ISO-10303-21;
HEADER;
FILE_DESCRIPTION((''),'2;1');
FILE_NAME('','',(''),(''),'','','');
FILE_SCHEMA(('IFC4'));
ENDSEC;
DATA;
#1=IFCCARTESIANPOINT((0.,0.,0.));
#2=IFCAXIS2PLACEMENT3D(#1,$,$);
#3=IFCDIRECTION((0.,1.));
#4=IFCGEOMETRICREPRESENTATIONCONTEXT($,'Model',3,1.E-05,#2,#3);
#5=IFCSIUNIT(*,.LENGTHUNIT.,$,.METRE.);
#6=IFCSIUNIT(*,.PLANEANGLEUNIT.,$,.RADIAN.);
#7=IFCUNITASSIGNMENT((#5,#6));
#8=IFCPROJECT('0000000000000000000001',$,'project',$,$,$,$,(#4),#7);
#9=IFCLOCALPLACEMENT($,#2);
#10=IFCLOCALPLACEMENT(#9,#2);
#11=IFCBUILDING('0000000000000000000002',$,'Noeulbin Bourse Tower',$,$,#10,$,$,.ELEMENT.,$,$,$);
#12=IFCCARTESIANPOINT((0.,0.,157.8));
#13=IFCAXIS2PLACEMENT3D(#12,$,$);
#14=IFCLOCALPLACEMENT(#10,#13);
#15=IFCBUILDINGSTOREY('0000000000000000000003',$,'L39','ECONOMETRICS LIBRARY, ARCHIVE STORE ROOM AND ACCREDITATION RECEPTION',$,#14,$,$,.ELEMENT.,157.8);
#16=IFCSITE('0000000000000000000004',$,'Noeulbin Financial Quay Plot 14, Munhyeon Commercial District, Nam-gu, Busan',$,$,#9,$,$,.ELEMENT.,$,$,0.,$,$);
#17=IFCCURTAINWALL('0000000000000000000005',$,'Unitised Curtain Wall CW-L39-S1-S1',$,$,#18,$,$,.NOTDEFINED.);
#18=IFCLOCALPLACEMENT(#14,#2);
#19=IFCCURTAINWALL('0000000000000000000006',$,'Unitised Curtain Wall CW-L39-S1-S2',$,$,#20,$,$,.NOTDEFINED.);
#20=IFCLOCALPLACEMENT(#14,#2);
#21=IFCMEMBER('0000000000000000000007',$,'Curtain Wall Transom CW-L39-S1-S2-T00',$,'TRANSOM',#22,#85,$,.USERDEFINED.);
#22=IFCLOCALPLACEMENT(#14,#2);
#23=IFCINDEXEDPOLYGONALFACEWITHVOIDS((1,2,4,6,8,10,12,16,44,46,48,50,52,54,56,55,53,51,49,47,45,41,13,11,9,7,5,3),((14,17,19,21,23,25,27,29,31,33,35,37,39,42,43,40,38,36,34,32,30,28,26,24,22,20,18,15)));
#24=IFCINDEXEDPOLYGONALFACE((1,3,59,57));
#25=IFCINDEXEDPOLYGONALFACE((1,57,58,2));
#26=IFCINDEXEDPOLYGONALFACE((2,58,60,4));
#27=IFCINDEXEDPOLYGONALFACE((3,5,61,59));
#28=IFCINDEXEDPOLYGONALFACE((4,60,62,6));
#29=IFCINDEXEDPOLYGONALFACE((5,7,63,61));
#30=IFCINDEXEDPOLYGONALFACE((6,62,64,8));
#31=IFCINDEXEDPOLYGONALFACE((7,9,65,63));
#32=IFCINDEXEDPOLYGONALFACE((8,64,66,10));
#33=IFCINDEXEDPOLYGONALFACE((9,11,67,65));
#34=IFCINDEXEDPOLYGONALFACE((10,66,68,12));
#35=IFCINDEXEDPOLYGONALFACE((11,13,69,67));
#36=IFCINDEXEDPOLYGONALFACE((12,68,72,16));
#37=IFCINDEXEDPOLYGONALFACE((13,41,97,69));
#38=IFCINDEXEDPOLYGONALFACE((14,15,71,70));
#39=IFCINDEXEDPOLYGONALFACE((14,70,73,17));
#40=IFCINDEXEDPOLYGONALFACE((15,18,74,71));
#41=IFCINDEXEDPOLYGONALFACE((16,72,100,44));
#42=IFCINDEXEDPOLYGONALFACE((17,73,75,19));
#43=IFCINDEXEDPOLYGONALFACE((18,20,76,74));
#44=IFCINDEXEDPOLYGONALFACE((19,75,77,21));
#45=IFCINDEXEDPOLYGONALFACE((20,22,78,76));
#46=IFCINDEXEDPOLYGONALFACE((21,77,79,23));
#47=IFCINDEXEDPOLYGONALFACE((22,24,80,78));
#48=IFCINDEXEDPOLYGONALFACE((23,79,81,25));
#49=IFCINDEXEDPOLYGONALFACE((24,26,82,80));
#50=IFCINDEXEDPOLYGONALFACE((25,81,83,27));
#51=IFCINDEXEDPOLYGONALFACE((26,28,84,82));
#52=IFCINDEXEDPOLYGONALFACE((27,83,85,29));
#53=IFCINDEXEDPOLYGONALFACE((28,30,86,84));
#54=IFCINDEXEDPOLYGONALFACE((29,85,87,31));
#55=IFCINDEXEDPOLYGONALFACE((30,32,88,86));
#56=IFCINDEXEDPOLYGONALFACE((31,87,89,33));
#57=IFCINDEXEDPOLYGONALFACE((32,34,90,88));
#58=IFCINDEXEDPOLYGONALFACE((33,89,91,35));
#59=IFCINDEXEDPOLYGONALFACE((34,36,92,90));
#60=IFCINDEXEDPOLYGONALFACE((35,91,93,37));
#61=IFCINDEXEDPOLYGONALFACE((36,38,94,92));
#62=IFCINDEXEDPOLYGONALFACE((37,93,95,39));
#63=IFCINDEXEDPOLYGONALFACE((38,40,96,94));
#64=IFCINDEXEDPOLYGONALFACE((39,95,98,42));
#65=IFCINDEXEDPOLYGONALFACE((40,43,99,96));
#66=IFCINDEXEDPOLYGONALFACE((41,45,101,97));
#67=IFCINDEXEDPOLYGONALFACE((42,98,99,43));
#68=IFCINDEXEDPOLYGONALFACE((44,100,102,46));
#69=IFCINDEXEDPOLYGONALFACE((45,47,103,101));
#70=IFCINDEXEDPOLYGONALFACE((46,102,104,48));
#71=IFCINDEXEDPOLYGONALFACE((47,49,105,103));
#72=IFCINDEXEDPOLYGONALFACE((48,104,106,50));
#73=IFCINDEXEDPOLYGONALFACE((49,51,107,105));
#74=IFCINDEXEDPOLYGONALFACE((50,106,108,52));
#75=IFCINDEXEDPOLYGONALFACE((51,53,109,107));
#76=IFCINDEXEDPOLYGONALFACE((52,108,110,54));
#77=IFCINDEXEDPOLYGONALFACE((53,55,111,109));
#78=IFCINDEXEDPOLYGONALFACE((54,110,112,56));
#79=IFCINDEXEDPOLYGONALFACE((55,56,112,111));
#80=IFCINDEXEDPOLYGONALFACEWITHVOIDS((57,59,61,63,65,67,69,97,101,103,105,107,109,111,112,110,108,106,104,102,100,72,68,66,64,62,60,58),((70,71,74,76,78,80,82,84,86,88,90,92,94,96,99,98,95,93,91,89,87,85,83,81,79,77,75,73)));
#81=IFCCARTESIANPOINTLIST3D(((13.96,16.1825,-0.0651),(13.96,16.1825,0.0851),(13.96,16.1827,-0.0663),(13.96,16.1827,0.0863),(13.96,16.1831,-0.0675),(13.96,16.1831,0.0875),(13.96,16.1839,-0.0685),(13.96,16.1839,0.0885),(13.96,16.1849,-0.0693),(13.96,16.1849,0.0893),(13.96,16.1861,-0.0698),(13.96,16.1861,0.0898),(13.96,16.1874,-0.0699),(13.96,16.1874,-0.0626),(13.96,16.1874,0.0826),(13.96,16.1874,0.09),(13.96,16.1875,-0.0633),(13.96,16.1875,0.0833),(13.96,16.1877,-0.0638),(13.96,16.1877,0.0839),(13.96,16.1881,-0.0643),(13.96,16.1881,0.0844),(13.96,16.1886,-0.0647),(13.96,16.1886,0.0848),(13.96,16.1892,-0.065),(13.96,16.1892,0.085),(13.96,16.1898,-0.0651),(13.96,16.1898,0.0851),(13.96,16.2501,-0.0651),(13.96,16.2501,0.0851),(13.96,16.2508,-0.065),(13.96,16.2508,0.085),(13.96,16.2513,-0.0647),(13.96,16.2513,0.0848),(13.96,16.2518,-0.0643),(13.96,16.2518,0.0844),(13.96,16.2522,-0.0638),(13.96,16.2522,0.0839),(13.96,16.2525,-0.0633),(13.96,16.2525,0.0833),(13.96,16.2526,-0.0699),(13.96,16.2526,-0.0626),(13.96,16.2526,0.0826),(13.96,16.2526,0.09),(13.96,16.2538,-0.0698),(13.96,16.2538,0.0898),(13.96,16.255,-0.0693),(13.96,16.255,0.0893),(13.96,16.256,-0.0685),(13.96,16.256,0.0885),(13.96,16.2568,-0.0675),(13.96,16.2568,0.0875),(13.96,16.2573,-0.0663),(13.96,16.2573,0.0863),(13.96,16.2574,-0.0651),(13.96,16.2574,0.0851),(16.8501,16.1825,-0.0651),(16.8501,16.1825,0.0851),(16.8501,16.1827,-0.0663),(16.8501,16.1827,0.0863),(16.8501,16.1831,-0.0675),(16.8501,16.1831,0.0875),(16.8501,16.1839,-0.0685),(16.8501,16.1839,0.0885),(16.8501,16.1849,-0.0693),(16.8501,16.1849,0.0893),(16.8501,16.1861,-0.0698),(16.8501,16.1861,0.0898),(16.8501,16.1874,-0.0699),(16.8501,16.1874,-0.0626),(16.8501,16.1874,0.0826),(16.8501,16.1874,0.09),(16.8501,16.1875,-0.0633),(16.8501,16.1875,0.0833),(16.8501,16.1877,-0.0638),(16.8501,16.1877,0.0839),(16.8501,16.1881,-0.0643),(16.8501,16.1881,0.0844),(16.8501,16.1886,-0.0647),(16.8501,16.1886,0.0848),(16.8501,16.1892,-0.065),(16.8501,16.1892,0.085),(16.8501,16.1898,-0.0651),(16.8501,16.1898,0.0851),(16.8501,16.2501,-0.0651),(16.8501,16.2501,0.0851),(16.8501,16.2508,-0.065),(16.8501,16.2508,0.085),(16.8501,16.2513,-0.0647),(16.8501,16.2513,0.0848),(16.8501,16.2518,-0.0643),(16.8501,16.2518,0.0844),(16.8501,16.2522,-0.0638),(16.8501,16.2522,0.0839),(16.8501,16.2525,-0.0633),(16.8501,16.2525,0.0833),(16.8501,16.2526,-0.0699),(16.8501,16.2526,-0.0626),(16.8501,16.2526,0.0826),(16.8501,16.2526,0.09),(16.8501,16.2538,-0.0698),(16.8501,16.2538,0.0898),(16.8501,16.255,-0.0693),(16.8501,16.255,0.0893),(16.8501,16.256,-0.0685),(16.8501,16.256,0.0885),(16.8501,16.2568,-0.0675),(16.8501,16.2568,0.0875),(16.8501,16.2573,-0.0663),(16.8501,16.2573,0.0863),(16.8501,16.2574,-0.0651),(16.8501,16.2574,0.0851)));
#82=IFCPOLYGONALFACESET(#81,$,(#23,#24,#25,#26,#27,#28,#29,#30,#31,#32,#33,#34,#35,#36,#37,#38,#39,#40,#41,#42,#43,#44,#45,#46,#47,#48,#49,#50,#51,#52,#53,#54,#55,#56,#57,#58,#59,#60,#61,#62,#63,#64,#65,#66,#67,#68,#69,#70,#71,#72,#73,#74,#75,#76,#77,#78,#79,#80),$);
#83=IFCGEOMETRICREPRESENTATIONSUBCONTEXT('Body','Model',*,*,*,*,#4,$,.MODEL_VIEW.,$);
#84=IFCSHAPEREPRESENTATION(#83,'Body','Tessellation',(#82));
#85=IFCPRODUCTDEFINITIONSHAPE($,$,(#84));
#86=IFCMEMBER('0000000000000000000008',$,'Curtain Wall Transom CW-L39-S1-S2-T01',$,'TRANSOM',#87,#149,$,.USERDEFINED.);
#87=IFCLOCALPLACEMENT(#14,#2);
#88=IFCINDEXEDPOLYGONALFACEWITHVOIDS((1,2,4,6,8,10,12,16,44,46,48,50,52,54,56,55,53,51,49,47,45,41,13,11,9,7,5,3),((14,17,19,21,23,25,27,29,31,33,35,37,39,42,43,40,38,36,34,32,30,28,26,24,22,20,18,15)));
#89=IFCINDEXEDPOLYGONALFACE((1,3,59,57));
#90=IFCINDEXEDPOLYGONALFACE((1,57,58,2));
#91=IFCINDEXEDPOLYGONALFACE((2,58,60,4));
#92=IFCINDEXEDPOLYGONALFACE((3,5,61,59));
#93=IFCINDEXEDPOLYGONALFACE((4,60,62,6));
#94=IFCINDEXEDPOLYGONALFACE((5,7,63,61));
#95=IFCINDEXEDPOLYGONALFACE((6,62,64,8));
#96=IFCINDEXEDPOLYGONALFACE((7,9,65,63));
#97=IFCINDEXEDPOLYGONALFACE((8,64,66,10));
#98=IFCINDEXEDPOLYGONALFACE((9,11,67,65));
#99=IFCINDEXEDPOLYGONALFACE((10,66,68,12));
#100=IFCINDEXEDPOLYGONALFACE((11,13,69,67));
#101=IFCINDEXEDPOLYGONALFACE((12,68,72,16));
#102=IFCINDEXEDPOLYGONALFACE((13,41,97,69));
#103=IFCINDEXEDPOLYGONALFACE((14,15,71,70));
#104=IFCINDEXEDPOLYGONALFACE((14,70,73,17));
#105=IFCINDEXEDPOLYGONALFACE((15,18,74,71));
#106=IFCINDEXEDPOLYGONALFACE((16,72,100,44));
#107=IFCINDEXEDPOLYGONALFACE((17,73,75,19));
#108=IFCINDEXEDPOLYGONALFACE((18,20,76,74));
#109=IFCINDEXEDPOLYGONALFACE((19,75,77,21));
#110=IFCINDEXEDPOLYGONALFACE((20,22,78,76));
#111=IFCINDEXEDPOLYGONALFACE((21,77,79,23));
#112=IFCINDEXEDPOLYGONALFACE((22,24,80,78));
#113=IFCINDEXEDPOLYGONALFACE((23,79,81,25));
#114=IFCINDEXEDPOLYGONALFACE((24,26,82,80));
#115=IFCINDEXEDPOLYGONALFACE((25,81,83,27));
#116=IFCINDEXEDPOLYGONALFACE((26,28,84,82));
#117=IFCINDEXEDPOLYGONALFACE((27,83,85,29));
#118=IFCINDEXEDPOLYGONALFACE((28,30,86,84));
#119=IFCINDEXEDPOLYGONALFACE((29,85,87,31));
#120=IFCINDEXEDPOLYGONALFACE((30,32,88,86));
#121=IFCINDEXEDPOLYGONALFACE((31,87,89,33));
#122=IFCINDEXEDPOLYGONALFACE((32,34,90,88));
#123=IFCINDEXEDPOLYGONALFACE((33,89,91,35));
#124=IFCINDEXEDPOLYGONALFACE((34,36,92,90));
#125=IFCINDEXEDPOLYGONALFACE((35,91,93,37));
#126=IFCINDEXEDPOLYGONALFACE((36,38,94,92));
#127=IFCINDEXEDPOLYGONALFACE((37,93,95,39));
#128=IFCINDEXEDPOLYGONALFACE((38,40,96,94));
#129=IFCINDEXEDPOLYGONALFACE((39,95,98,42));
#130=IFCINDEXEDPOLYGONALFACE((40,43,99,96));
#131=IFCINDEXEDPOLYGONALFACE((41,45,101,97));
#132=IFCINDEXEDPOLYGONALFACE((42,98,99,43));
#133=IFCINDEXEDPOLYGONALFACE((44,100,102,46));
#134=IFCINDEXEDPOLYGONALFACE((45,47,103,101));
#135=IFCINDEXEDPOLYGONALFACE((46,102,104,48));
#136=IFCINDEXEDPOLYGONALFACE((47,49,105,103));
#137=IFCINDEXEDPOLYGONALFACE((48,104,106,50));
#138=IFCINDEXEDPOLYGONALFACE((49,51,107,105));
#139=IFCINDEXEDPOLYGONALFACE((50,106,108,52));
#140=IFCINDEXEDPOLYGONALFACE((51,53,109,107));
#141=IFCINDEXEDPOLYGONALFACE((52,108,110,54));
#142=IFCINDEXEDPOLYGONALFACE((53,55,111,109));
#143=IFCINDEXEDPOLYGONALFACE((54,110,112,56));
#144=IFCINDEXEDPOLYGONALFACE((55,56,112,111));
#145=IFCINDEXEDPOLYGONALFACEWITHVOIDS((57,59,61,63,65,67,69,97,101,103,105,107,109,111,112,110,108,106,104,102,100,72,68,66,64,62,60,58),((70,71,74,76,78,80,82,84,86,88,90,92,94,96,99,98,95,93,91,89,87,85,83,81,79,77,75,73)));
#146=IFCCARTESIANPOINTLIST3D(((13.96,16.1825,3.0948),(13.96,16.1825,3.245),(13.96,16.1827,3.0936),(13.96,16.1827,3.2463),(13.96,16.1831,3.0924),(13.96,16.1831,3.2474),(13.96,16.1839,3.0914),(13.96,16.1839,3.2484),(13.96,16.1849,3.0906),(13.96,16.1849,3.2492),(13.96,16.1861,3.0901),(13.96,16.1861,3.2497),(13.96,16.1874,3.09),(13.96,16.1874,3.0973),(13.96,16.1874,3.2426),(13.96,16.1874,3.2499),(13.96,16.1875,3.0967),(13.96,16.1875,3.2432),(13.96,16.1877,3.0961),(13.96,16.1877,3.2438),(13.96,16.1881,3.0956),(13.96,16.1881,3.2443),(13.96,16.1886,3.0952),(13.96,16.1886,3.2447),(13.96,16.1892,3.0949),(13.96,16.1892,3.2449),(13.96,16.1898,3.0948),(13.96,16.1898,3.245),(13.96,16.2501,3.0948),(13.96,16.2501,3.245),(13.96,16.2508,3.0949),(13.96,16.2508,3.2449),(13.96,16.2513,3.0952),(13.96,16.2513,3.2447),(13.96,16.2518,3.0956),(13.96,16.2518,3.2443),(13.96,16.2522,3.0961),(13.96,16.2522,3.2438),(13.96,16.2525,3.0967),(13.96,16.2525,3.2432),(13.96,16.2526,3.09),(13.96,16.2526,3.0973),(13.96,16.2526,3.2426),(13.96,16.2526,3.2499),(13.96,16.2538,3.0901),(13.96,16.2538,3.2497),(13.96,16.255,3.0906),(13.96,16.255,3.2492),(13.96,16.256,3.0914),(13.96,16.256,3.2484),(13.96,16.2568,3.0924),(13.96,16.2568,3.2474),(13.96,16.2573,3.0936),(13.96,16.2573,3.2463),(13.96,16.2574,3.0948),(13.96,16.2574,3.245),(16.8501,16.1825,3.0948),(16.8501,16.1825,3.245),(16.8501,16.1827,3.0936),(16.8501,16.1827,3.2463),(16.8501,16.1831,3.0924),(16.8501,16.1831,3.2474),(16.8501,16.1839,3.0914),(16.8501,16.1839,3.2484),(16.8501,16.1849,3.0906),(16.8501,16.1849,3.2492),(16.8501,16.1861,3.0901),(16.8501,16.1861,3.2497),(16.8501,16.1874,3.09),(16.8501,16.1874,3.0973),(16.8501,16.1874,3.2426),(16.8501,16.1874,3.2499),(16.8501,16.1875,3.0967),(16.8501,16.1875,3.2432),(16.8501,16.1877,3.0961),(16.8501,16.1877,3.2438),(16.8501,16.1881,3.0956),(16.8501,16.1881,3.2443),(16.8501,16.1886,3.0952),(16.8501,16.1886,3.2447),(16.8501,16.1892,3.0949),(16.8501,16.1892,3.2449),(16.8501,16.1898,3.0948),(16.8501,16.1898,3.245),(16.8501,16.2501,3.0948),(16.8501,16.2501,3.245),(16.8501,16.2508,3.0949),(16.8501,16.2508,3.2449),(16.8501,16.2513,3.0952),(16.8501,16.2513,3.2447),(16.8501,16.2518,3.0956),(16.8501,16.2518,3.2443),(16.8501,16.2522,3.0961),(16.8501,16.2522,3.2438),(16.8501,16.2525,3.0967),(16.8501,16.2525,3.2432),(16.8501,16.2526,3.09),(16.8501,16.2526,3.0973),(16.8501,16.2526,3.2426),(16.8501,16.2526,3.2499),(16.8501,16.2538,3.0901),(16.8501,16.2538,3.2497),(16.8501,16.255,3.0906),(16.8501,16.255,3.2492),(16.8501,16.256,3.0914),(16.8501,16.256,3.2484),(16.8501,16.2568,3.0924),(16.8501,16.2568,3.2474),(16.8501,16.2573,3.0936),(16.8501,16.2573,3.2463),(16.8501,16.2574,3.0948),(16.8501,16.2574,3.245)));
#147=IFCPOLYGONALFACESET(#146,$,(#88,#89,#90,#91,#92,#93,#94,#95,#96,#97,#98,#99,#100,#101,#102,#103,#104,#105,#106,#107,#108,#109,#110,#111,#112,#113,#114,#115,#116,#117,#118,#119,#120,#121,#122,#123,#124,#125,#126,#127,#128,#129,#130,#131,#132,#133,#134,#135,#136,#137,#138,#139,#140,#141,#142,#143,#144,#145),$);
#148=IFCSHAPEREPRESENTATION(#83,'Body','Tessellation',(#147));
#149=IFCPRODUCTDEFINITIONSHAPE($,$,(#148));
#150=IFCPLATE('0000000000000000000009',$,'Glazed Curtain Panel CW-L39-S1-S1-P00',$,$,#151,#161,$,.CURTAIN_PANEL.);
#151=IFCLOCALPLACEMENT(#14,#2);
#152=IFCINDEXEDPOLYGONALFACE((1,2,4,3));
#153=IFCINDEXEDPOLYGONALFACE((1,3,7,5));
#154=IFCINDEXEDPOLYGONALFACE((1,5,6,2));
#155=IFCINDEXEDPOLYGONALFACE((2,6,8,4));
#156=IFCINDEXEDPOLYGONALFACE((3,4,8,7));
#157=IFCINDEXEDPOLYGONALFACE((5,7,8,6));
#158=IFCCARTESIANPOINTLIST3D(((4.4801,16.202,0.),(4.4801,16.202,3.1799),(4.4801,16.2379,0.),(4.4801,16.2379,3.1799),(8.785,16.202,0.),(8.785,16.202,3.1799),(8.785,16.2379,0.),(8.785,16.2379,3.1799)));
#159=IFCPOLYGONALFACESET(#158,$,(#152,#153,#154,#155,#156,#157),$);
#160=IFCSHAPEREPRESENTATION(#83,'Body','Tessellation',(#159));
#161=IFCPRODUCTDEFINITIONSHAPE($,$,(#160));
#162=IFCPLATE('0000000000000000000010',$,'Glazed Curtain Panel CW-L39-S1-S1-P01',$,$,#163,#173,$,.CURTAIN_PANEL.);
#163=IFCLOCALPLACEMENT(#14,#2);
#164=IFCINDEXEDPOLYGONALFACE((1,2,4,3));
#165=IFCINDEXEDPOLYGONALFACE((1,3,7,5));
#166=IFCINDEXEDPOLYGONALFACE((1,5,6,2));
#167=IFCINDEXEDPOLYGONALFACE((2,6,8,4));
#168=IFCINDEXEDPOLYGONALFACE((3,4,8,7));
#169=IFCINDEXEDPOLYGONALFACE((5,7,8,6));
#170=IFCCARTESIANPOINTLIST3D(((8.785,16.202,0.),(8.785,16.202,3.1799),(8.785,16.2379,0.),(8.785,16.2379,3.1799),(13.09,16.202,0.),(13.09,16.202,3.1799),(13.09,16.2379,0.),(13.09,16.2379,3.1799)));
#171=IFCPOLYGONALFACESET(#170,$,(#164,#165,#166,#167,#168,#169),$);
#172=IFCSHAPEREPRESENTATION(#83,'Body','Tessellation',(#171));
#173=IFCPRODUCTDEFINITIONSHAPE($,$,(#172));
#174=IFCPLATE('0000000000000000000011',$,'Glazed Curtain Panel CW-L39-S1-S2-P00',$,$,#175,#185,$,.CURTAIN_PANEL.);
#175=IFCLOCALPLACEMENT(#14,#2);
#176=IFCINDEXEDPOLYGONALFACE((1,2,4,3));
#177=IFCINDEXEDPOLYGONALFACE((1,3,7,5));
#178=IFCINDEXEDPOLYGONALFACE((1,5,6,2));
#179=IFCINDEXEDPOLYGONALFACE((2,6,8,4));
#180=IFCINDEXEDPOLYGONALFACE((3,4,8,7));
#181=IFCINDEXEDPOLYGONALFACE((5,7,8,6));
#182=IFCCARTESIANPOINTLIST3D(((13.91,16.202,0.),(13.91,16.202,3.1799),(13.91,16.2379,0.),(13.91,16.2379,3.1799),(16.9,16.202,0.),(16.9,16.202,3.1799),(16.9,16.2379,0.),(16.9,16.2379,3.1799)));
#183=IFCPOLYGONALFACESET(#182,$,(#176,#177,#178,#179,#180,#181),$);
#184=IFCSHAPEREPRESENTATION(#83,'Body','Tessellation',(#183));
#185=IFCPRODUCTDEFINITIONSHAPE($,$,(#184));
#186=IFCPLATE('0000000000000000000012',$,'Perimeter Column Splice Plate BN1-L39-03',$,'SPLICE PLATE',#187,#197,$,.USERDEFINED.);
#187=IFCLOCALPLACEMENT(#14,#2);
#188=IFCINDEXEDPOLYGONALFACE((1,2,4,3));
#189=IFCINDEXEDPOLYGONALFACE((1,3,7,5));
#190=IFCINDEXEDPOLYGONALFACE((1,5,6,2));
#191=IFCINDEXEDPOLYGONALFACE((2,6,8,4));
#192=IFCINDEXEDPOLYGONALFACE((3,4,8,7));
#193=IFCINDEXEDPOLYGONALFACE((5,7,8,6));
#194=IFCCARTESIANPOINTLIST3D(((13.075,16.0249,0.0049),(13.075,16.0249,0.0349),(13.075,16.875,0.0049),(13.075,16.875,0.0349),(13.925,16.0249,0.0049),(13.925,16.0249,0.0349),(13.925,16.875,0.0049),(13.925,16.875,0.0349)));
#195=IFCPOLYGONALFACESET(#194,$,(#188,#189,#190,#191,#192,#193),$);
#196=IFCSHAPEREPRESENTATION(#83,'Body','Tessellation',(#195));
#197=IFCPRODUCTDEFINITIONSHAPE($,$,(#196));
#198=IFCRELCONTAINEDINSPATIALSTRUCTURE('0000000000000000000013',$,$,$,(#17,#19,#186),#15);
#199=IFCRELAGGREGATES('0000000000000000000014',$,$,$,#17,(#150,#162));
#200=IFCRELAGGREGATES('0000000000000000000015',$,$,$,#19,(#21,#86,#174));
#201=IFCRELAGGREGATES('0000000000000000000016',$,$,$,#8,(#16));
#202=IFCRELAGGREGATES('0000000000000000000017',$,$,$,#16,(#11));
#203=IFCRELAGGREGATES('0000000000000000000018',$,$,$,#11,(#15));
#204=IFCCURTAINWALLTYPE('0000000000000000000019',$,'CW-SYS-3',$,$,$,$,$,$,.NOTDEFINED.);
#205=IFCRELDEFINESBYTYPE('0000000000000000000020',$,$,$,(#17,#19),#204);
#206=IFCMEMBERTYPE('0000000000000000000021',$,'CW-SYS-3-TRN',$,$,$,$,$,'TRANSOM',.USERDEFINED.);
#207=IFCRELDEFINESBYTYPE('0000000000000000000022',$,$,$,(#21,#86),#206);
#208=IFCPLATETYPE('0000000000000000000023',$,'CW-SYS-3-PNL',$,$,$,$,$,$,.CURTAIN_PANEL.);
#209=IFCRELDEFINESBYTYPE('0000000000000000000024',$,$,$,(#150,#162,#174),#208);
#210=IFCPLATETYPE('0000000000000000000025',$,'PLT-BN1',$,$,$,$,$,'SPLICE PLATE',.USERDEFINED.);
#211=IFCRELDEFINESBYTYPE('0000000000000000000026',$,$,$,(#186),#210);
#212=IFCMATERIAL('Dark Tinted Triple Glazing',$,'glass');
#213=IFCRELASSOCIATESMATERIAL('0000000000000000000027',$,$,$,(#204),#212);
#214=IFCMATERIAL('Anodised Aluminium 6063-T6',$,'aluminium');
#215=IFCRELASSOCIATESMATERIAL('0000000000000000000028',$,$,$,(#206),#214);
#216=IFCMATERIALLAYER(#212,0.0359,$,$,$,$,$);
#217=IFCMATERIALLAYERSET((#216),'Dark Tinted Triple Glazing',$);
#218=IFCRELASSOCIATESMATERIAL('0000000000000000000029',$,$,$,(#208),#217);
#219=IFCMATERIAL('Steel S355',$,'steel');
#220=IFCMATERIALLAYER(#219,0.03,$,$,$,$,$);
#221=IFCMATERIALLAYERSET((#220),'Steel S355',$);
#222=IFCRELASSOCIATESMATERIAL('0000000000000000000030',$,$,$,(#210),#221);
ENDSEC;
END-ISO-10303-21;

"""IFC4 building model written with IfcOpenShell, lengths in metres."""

from ifc_helpers import new_model, si_unit, direction, frame, origin, origin_2d, place, context, subcontext, project, spatial, rectangle, hollow_rectangle, extrude, material, layer, layer_set, material_profile, profile_set, type_object, element, aggregate, save


model = new_model("IFC4")

# Units and contexts
model_context = context("Model", 3, precision=1e-05, world=origin(), true_north=direction((0.0, 1.0)))
body_context = subcontext(model_context, "Body", "Model", "MODEL_VIEW")
ifc_project = project(units=[si_unit("LENGTHUNIT", "METRE"), si_unit("PLANEANGLEUNIT", "RADIAN")], contexts=[model_context])

# Site, building, storey
site_placement = place(None, origin())
site = spatial("IfcSite", under=ifc_project, at=site_placement, Name="Noeulbin Financial Quay Plot 14, Munhyeon Commercial District, Nam-gu, Busan", CompositionType="ELEMENT", RefElevation=0.0)
building_placement = place(site_placement, origin())
building = spatial("IfcBuilding", under=site, at=building_placement, Name="Noeulbin Bourse Tower", CompositionType="ELEMENT")
storey_placement = place(building_placement, frame((0.0, 0.0, 157.8)))
storey = spatial("IfcBuildingStorey", under=building, at=storey_placement, Name="L39", Description="ECONOMETRICS LIBRARY, ARCHIVE STORE ROOM AND ACCREDITATION RECEPTION", CompositionType="ELEMENT", Elevation=157.8)

# Shared definitions
ifc_material_1 = material(Name="Steel S355", Category="steel")

# Curtain walls
ifc_material_2 = material(Name="Dark Tinted Triple Glazing", Category="glass")
curtain_wall_type = type_object("IfcCurtainWallType", Name="CW-SYS-3", PredefinedType="NOTDEFINED", material=ifc_material_2)
curtain_wall_1_placement = place(storey_placement, origin())
curtain_wall_1 = element("IfcCurtainWall", 1, at=curtain_wall_1_placement, inside=storey, type_object=curtain_wall_type, Name="Unitised Curtain Wall CW-L39-S1-S1", PredefinedType="NOTDEFINED")
ifc_material_3 = material(Name="Anodised Aluminium 6063-T6", Category="aluminium")
curtain_wall_2_placement = place(storey_placement, origin())
curtain_wall_2 = element("IfcCurtainWall", 2, at=curtain_wall_2_placement, inside=storey, type_object=curtain_wall_type, Name="Unitised Curtain Wall CW-L39-S1-S2", PredefinedType="NOTDEFINED")

# Members
ifc_material_profile_1 = material_profile(ifc_material_3, hollow_rectangle(XDim=0.075, YDim=0.1599, WallThickness=0.0049, InnerFilletRadius=0.0024, OuterFilletRadius=0.0049, at=origin_2d()), Name="ALU-TRAN-75x160x5", Category="LoadBearing")
ifc_profile_set_1 = profile_set([ifc_material_profile_1], Name="Anodised Aluminium 6063-T6")
member_type_1 = type_object("IfcMemberType", Name="CW-SYS-3-TRN", ElementType="TRANSOM", PredefinedType="USERDEFINED", material=ifc_profile_set_1)
member_1_placement = place(storey_placement, frame((13.96, 16.22, 0.01), z_axis=(1.0, 0.0, 0.0), x_axis=(0.0, 1.0, 0.0)))
member_1 = element("IfcMember", 3, at=member_1_placement, type_object=member_type_1, Name="Curtain Wall Transom CW-L39-S1-S2-T00", ObjectType="TRANSOM", PredefinedType="USERDEFINED", context=body_context, shape_type="SweptSolid", body=[
    extrude(hollow_rectangle(XDim=0.075, YDim=0.1599, WallThickness=0.0049, InnerFilletRadius=0.0024, OuterFilletRadius=0.0049, at=origin_2d()), origin(), (0.0, 0.0, 1.0), 2.8901),
])
member_2_placement = place(storey_placement, frame((13.96, 16.22, 3.1699), z_axis=(1.0, 0.0, 0.0), x_axis=(0.0, 1.0, 0.0)))
member_2 = element("IfcMember", 4, at=member_2_placement, type_object=member_type_1, Name="Curtain Wall Transom CW-L39-S1-S2-T01", ObjectType="TRANSOM", PredefinedType="USERDEFINED", context=body_context, shape_type="SweptSolid", body=[
    extrude(hollow_rectangle(XDim=0.075, YDim=0.1599, WallThickness=0.0049, InnerFilletRadius=0.0024, OuterFilletRadius=0.0049, at=origin_2d()), origin(), (0.0, 0.0, 1.0), 2.8901),
])

# Plates
ifc_layer_1 = layer(ifc_material_2, 0.0359)
ifc_layer_set_1 = layer_set([ifc_layer_1], Name="Dark Tinted Triple Glazing")
plate_type_1 = type_object("IfcPlateType", Name="CW-SYS-3-PNL", PredefinedType="CURTAIN_PANEL", material=ifc_layer_set_1)
plate_1_placement = place(storey_placement, frame((6.6326, 16.22, 0.0), z_axis=(0.0, 0.0, 1.0), x_axis=(1.0, 0.0, 0.0)))
plate_1 = element("IfcPlate", 5, at=plate_1_placement, type_object=plate_type_1, Name="Glazed Curtain Panel CW-L39-S1-S1-P00", PredefinedType="CURTAIN_PANEL", context=body_context, shape_type="SweptSolid", body=[
    extrude(rectangle(XDim=4.3049, YDim=0.0359, at=origin_2d()), origin(), (0.0, 0.0, 1.0), 3.1799),
])
plate_2_placement = place(storey_placement, frame((10.9375, 16.22, 0.0), z_axis=(0.0, 0.0, 1.0), x_axis=(1.0, 0.0, 0.0)))
plate_2 = element("IfcPlate", 6, at=plate_2_placement, type_object=plate_type_1, Name="Glazed Curtain Panel CW-L39-S1-S1-P01", PredefinedType="CURTAIN_PANEL", context=body_context, shape_type="SweptSolid", body=[
    extrude(rectangle(XDim=4.3049, YDim=0.0359, at=origin_2d()), origin(), (0.0, 0.0, 1.0), 3.1799),
])
aggregate(curtain_wall_1, [plate_1, plate_2])
plate_3_placement = place(storey_placement, frame((15.405, 16.22, 0.0), z_axis=(0.0, 0.0, 1.0), x_axis=(1.0, 0.0, 0.0)))
plate_3 = element("IfcPlate", 7, at=plate_3_placement, type_object=plate_type_1, Name="Glazed Curtain Panel CW-L39-S1-S2-P00", PredefinedType="CURTAIN_PANEL", context=body_context, shape_type="SweptSolid", body=[
    extrude(rectangle(XDim=2.99, YDim=0.0359, at=origin_2d()), origin(), (0.0, 0.0, 1.0), 3.1799),
])
aggregate(curtain_wall_2, [member_1, member_2, plate_3])
ifc_layer_2 = layer(ifc_material_1, 0.03)
ifc_layer_set_2 = layer_set([ifc_layer_2], Name="Steel S355")
plate_type_2 = type_object("IfcPlateType", Name="PLT-BN1", ElementType="SPLICE PLATE", PredefinedType="USERDEFINED", material=ifc_layer_set_2)
plate_4_placement = place(storey_placement, frame((13.5, 16.45, 0.0049), z_axis=(0.0, 0.0, 1.0), x_axis=(1.0, 0.0, 0.0)))
element("IfcPlate", 8, at=plate_4_placement, inside=storey, type_object=plate_type_2, Name="Perimeter Column Splice Plate BN1-L39-03", ObjectType="SPLICE PLATE", PredefinedType="USERDEFINED", context=body_context, shape_type="SweptSolid", body=[
    extrude(rectangle(XDim=0.8501, YDim=0.8501, at=origin_2d()), origin(), (0.0, 0.0, 1.0), 0.03),
])

save(model, "model.ifc")
